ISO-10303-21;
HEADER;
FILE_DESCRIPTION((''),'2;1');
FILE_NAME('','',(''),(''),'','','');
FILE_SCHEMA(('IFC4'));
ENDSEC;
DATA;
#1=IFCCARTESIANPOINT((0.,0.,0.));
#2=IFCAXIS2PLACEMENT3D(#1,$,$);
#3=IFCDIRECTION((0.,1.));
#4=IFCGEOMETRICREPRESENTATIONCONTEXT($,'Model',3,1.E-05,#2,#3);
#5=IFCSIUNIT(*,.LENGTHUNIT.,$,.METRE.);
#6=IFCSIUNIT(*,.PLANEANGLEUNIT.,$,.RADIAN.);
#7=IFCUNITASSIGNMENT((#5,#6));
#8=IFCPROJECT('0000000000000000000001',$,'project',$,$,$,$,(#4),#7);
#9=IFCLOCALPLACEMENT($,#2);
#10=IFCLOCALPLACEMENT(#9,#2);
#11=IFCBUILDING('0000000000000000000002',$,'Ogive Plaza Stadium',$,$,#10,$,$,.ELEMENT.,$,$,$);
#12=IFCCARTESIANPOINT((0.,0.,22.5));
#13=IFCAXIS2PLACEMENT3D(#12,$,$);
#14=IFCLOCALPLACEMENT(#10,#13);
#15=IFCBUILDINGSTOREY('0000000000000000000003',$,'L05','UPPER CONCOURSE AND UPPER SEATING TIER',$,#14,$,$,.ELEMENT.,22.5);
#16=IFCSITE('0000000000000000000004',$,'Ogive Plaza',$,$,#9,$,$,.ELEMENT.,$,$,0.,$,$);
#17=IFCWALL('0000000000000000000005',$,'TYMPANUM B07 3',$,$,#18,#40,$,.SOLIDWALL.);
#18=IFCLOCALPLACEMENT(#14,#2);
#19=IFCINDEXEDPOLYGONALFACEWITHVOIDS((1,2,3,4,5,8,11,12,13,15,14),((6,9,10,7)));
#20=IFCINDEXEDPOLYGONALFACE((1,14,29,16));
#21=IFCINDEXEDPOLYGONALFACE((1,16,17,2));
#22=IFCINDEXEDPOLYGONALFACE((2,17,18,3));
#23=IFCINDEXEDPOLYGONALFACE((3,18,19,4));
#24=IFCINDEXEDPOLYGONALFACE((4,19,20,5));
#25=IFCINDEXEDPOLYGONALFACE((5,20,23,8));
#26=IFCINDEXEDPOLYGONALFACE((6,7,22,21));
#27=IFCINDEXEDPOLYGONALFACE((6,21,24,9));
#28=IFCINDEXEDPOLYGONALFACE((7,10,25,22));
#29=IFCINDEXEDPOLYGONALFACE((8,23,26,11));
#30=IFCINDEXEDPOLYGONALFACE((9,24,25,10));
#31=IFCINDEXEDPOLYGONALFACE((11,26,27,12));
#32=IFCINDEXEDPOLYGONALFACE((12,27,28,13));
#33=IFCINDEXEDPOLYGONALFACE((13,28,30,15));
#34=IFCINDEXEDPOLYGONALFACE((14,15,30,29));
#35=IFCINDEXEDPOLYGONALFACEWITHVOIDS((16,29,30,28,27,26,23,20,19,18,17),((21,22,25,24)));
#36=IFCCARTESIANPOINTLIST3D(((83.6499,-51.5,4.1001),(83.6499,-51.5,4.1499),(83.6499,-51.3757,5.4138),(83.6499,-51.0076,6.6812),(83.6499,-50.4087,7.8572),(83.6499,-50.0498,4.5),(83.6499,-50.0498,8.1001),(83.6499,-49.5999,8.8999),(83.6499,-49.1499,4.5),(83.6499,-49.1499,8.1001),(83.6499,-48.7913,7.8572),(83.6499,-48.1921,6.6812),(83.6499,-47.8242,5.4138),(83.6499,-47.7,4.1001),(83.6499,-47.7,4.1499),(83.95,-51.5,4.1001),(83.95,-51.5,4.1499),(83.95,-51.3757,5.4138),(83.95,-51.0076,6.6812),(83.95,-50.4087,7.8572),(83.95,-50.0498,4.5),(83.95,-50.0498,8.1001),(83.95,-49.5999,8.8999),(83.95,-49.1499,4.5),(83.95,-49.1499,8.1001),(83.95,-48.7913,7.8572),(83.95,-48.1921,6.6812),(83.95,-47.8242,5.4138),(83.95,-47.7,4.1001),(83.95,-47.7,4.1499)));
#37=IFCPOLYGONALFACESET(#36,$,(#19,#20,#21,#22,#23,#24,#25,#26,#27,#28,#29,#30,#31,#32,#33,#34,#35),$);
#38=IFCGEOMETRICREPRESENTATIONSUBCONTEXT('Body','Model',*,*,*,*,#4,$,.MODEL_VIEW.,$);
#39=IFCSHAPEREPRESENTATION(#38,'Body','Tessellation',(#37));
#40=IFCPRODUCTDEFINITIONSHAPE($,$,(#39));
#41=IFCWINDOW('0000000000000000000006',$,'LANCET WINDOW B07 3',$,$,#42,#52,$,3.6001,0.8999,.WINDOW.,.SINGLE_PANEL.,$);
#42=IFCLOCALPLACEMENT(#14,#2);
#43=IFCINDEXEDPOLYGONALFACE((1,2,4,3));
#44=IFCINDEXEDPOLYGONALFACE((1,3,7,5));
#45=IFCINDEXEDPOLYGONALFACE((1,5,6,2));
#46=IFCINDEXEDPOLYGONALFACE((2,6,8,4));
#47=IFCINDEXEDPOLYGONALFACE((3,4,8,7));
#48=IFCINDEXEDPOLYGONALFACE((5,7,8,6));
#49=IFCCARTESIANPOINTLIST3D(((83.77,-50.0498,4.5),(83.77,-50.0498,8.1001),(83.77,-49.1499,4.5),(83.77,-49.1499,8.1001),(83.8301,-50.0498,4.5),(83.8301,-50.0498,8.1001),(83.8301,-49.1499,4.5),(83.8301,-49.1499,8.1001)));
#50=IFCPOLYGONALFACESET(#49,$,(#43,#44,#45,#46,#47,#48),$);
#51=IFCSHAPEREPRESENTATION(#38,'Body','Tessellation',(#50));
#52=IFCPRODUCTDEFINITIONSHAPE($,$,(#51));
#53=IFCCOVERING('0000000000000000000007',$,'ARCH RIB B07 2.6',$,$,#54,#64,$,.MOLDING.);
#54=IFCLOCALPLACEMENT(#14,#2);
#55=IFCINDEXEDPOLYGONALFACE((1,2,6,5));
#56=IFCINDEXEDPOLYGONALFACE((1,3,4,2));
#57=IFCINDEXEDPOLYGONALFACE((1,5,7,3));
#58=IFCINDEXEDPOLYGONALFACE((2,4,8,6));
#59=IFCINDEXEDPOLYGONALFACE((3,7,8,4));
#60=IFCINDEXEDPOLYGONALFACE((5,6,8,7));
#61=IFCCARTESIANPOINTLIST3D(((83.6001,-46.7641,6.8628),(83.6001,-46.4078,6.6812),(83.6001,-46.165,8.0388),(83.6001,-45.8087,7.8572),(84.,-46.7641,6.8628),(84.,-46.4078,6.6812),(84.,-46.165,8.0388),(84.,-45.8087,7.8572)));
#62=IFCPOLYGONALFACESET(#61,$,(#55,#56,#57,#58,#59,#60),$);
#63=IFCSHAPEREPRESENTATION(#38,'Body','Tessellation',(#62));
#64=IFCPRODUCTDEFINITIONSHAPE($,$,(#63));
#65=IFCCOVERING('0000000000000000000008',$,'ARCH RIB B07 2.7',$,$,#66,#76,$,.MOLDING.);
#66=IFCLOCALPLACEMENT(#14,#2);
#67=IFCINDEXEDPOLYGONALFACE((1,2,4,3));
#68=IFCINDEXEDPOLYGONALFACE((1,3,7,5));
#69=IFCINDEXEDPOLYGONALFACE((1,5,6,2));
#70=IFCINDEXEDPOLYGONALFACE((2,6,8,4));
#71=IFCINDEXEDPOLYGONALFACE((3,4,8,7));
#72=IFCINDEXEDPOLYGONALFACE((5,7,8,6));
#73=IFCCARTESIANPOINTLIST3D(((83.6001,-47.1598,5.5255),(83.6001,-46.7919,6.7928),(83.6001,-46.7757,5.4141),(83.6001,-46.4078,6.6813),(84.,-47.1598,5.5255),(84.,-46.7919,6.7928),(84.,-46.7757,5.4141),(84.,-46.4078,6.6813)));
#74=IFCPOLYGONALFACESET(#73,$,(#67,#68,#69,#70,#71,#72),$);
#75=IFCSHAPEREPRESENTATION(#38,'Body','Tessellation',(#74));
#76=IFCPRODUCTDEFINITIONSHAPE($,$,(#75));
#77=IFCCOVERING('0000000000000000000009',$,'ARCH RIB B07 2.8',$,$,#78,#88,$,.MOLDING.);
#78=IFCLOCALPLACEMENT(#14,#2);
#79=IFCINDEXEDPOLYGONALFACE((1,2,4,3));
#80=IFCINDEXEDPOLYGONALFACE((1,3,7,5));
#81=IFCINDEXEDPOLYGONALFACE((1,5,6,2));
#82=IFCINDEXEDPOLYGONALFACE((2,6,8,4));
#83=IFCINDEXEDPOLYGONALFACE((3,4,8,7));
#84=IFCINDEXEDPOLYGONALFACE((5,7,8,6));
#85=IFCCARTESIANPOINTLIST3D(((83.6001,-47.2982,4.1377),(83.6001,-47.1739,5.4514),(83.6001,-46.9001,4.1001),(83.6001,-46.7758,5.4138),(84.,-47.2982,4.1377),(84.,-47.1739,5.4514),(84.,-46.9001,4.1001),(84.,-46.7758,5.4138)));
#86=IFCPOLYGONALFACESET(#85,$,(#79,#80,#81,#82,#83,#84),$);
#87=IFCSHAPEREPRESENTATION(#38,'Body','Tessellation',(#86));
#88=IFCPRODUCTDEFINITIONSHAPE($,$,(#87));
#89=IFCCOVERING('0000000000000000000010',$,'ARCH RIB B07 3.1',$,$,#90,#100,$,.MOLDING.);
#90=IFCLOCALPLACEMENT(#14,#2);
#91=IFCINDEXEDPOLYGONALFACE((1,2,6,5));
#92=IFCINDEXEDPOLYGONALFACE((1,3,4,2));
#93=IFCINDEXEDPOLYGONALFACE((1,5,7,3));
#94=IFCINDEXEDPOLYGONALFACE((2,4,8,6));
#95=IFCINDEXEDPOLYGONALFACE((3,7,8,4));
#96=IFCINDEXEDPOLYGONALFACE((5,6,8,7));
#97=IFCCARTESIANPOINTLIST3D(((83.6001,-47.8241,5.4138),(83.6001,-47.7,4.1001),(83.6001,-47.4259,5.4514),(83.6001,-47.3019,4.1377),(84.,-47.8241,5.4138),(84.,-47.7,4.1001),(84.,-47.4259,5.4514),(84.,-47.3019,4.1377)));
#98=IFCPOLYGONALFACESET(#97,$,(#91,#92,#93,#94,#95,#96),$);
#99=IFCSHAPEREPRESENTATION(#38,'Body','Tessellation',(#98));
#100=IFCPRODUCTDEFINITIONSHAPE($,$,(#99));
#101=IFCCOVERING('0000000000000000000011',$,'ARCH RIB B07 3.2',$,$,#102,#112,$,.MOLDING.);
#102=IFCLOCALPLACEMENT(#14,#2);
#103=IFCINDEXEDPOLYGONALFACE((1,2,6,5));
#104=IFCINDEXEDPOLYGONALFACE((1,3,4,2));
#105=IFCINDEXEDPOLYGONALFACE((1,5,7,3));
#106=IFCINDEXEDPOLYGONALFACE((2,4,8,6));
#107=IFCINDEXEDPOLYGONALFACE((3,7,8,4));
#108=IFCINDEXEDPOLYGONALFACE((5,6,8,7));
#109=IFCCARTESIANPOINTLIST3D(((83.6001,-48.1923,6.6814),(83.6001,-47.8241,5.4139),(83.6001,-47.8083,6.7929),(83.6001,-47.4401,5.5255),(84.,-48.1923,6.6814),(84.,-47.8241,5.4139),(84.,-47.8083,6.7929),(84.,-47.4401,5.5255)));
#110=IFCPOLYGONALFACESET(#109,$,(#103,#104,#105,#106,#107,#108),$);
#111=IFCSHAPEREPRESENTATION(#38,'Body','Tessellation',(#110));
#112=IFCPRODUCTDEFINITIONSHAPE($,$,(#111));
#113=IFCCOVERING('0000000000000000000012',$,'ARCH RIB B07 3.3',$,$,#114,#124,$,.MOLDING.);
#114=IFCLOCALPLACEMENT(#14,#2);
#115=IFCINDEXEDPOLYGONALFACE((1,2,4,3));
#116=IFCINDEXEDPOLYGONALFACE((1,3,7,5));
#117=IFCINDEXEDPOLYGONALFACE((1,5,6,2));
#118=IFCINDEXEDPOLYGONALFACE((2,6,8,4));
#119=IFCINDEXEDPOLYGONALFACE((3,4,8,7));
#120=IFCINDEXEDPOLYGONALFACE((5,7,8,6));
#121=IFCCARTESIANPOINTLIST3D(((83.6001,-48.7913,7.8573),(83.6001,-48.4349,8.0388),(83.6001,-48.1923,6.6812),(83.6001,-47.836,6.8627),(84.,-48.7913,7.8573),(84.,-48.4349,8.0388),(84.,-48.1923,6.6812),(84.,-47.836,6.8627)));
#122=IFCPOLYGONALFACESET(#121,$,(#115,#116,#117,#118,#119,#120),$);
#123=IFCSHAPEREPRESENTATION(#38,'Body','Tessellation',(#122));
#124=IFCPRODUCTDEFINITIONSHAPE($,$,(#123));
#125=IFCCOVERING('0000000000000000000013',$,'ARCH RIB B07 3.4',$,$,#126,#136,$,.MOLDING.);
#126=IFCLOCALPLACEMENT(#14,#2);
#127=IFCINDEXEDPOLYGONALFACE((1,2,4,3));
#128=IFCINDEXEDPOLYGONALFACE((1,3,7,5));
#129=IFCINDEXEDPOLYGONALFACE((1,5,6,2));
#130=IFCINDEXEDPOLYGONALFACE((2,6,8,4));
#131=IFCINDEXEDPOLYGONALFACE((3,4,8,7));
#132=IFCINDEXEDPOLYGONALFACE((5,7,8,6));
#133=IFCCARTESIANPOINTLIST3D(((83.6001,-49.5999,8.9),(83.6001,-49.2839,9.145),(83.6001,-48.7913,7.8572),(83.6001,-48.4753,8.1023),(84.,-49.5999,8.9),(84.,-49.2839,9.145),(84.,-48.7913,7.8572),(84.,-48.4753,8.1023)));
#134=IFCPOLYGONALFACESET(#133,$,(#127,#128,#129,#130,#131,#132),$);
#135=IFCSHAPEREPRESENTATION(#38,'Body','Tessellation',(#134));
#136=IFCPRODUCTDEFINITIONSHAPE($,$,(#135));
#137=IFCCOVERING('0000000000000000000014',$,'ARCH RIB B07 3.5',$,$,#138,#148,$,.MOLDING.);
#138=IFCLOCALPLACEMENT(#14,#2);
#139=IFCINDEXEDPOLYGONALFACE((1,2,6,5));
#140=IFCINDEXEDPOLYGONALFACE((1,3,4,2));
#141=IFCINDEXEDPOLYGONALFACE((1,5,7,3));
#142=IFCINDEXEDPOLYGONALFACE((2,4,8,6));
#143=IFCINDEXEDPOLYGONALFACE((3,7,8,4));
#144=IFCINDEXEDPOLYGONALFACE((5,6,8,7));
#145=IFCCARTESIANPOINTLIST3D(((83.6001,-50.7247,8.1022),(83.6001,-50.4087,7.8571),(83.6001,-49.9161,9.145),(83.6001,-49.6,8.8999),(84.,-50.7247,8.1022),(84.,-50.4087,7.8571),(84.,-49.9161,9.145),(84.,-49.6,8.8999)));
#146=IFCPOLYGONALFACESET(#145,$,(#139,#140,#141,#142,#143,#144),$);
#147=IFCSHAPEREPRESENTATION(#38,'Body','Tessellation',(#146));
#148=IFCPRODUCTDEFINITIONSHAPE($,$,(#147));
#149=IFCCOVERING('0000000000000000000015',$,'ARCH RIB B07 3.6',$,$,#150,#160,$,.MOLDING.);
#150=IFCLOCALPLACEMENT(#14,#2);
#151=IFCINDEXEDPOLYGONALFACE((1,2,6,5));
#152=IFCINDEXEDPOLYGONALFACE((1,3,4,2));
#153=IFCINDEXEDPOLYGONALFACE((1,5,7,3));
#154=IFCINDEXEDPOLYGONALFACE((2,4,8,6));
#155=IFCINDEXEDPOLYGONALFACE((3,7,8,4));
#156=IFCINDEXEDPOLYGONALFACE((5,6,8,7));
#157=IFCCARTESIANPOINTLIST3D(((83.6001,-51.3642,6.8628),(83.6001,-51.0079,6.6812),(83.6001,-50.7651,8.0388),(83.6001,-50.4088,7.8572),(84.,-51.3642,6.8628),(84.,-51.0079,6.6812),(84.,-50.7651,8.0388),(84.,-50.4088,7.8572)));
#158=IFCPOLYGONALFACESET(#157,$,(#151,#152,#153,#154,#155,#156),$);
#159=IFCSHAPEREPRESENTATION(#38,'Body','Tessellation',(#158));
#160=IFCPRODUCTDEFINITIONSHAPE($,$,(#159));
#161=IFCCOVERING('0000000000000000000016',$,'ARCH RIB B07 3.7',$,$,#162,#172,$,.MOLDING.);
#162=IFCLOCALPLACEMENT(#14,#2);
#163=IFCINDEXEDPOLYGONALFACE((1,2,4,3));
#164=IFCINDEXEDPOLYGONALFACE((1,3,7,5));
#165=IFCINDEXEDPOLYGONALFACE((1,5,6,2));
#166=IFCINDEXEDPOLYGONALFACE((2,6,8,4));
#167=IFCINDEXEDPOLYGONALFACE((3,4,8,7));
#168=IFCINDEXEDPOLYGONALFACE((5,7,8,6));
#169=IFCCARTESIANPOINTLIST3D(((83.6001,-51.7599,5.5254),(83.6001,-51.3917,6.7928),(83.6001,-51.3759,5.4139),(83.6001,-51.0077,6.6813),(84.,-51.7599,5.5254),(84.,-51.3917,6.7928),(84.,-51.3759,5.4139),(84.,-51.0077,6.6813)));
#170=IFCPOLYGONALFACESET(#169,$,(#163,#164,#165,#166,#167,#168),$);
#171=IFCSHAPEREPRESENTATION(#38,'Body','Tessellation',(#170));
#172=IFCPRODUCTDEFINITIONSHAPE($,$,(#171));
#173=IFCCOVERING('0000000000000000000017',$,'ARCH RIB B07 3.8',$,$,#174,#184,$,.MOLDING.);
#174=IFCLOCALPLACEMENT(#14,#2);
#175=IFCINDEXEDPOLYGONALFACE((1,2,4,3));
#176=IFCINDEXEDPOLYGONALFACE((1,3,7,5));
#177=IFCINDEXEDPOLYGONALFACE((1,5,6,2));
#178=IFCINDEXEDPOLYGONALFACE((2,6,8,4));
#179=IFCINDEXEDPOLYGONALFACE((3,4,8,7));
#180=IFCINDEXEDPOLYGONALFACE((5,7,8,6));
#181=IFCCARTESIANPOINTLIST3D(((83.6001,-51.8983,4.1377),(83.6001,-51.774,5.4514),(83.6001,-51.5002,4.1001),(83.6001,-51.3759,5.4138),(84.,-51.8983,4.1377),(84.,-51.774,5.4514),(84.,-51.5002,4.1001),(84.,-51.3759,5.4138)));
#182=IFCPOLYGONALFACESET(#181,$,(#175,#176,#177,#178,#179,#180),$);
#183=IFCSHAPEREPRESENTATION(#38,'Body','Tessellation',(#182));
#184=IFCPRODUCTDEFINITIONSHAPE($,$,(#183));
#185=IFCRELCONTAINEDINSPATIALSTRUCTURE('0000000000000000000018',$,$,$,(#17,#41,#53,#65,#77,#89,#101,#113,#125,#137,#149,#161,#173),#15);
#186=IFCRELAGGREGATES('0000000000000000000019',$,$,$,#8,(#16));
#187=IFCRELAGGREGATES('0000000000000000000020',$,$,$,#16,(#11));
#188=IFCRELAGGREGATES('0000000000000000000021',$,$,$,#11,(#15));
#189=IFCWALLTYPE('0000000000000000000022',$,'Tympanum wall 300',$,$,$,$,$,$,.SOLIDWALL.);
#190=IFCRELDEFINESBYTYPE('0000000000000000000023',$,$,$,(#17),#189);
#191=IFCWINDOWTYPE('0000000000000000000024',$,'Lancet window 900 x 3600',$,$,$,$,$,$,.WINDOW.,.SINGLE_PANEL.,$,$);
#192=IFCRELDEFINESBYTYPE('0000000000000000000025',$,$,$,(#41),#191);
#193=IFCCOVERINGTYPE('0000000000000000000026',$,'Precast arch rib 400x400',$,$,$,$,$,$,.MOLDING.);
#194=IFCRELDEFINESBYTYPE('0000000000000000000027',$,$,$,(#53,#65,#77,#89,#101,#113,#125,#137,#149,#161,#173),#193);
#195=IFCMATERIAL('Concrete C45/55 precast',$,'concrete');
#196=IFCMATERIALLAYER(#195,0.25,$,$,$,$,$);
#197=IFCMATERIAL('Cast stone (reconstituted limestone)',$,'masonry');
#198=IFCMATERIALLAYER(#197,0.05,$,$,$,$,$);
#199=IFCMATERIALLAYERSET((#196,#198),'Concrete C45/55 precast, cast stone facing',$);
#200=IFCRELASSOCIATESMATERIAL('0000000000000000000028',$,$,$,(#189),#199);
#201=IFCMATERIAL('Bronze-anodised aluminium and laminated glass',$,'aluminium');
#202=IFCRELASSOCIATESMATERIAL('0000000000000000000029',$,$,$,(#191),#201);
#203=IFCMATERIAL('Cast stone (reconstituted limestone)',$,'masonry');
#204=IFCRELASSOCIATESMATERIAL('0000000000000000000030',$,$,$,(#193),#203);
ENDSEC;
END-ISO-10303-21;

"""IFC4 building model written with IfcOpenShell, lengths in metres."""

from ifc_helpers import new_model, si_unit, direction, frame, frame_2d, origin, origin_2d, place, context, subcontext, project, spatial, polyline, rectangle, outline, extrude, material, layer, layer_set, material_profile, profile_set, type_object, element, fill, save


model = new_model("IFC4")

# Units and contexts
model_context = context("Model", 3, precision=1e-05, world=origin(), true_north=direction((0.0, 1.0)))
body_context = subcontext(model_context, "Body", "Model", "MODEL_VIEW")
ifc_project = project(units=[si_unit("LENGTHUNIT", "METRE"), si_unit("PLANEANGLEUNIT", "RADIAN")], contexts=[model_context])

# Site, building, storey
site_placement = place(None, origin())
site = spatial("IfcSite", under=ifc_project, at=site_placement, Name="Ogive Plaza", CompositionType="ELEMENT", RefElevation=0.0)
building_placement = place(site_placement, origin())
building = spatial("IfcBuilding", under=site, at=building_placement, Name="Ogive Plaza Stadium", CompositionType="ELEMENT")
storey_placement = place(building_placement, frame((0.0, 0.0, 22.5)))
storey = spatial("IfcBuildingStorey", under=building, at=storey_placement, Name="L05", Description="UPPER CONCOURSE AND UPPER SEATING TIER", CompositionType="ELEMENT", Elevation=22.5)

# Wall, opening, window
ifc_material_1 = material(Name="Concrete C45/55 precast", Category="concrete")
ifc_layer_1 = layer(ifc_material_1, 0.25)
ifc_material_2 = material(Name="Cast stone (reconstituted limestone)", Category="masonry")
ifc_layer_2 = layer(ifc_material_2, 0.05)
ifc_layer_set_1 = layer_set([ifc_layer_1, ifc_layer_2], Name="Concrete C45/55 precast, cast stone facing")
wall_type = type_object("IfcWallType", Name="Tympanum wall 300", PredefinedType="SOLIDWALL", material=ifc_layer_set_1)
wall_placement = place(storey_placement, frame((83.8, -47.7, 4.1001), z_axis=(0.0, 0.0, 1.0), x_axis=(0.0, -1.0, 0.0)))
wall = element("IfcWall", 1, at=wall_placement, inside=storey, type_object=wall_type, Name="TYMPANUM B07 3", PredefinedType="SOLIDWALL", context=body_context, shape_type="SweptSolid", body=[
    extrude(outline(polyline([(0.0, 0.0), (3.8, 0.0), (3.8, 0.0498), (3.6758, 1.3137), (3.3076, 2.5811), (2.7087, 3.7571), (1.8999, 4.7998), (1.0913, 3.7571), (0.4922, 2.5811), (0.1243, 1.3137), (0.0, 0.0498), (0.0, 0.0)])), frame((0.0, 0.1499, 0.0), z_axis=(0.0, -1.0, 0.0), x_axis=(1.0, 0.0, 0.0)), (0.0, 0.0, 1.0), 0.3),
])
opening_placement = place(wall_placement, frame((1.45, 0.0, 0.3999)))
opening = element("IfcOpeningElement", 2, at=opening_placement, cuts=wall, PredefinedType="OPENING", context=body_context, shape_type="SweptSolid", body=[
    extrude(rectangle(XDim=0.8999, YDim=3.6001, at=frame_2d((0.45, 1.8))), frame((0.0, 0.1602, 0.0), z_axis=(0.0, -1.0, 0.0), x_axis=(1.0, 0.0, 0.0)), (0.0, 0.0, 1.0), 0.3201),
])
ifc_material_3 = material(Name="Bronze-anodised aluminium and laminated glass", Category="aluminium")
window_type = type_object("IfcWindowType", Name="Lancet window 900 x 3600", PartitioningType="SINGLE_PANEL", PredefinedType="WINDOW", material=ifc_material_3)
window_placement = place(opening_placement, origin())
window = element("IfcWindow", 3, at=window_placement, inside=storey, type_object=window_type, Name="LANCET WINDOW B07 3", OverallHeight=3.6001, OverallWidth=0.8999, PartitioningType="SINGLE_PANEL", PredefinedType="WINDOW", context=body_context, shape_type="SweptSolid", body=[
    extrude(rectangle(XDim=0.8999, YDim=3.6001, at=frame_2d((0.45, 1.8))), frame((0.0, 0.03, 0.0), z_axis=(0.0, -1.0, 0.0), x_axis=(1.0, 0.0, 0.0)), (0.0, 0.0, 1.0), 0.0601),
])
fill(opening, window)

# Coverings
ifc_material_4 = material(Name="Cast stone (reconstituted limestone)", Category="masonry")
ifc_material_profile_1 = material_profile(ifc_material_4, rectangle(XDim=0.3999, YDim=0.3999, at=origin_2d()), Name="Cast stone 400x400")
ifc_profile_set_1 = profile_set([ifc_material_profile_1], Name="Cast stone (reconstituted limestone)")
covering_type = type_object("IfcCoveringType", Name="Precast arch rib 400x400", PredefinedType="MOLDING", material=ifc_profile_set_1)
covering_1_placement = place(storey_placement, frame((83.8, -45.9868, 7.948), z_axis=(0.0, -0.453934, -0.891035), x_axis=(1.0, 0.0, 0.0)))
element("IfcCovering", 4, at=covering_1_placement, inside=storey, type_object=covering_type, Name="ARCH RIB B07 2.6", PredefinedType="MOLDING", context=body_context, shape_type="SweptSolid", body=[
    extrude(rectangle(XDim=0.3999, YDim=0.3999, at=origin_2d()), origin(), (0.0, 0.0, 1.0), 1.3198),
])
for number, where, z_axis, x_axis, name in (
    (5, (83.8, -46.5999, 6.7371), (0.0, -0.278799, -0.960349), (1.0, 0.0, 0.0), "ARCH RIB B07 2.7"),
    (6, (83.8, -46.9749, 5.4326), (0.0, -0.094172, -0.995556), (1.0, 0.0, 0.0), "ARCH RIB B07 2.8"),
    (7, (83.8, -47.501, 4.1189), (0.0, -0.093988, 0.995573), (1.0, 0.0, 0.0), "ARCH RIB B07 3.1"),
):
    element("IfcCovering", number, at=place(storey_placement, frame(where, z_axis=z_axis, x_axis=x_axis)), inside=storey, type_object=covering_type, Name=name, PredefinedType="MOLDING", context=body_context, shape_type="SweptSolid", body=[
        extrude(rectangle(XDim=0.3999, YDim=0.3999, at=origin_2d()), origin(), (0.0, 0.0, 1.0), 1.3196),
    ])
for number, where, z_axis, x_axis, name in (
    (8, (83.8, -47.6321, 5.4697), (0.0, -0.27897, 0.9603), (1.0, 0.0, 0.0), "ARCH RIB B07 3.2"),
    (9, (83.8, -48.0142, 6.772), (0.0, -0.453787, 0.89111), (1.0, 0.0, 0.0), "ARCH RIB B07 3.3"),
):
    element("IfcCovering", number, at=place(storey_placement, frame(where, z_axis=z_axis, x_axis=x_axis)), inside=storey, type_object=covering_type, Name=name, PredefinedType="MOLDING", context=body_context, shape_type="SweptSolid", body=[
        extrude(rectangle(XDim=0.3999, YDim=0.3999, at=origin_2d()), origin(), (0.0, 0.0, 1.0), 1.3198),
    ])
for number, where, z_axis, x_axis, name in (
    (10, (83.8, -48.6333, 7.9797), (0.0, -0.6128, 0.790238), (1.0, 0.0, 0.0), "ARCH RIB B07 3.4"),
    (11, (83.8, -49.7581, 9.0225), (0.0, -0.6128, -0.790238), (1.0, 0.0, 0.0), "ARCH RIB B07 3.5"),
):
    element("IfcCovering", number, at=place(storey_placement, frame(where, z_axis=z_axis, x_axis=x_axis)), inside=storey, type_object=covering_type, Name=name, PredefinedType="MOLDING", context=body_context, shape_type="SweptSolid", body=[
        extrude(rectangle(XDim=0.3999, YDim=0.3999, at=origin_2d()), origin(), (0.0, 0.0, 1.0), 1.3196),
    ])
for number, where, z_axis, x_axis, name in (
    (12, (83.8, -50.5869, 7.948), (0.0, -0.453934, -0.891035), (1.0, 0.0, 0.0), "ARCH RIB B07 3.6"),
    (13, (83.8, -51.1997, 6.7371), (0.0, -0.27897, -0.9603), (1.0, 0.0, 0.0), "ARCH RIB B07 3.7"),
):
    element("IfcCovering", number, at=place(storey_placement, frame(where, z_axis=z_axis, x_axis=x_axis)), inside=storey, type_object=covering_type, Name=name, PredefinedType="MOLDING", context=body_context, shape_type="SweptSolid", body=[
        extrude(rectangle(XDim=0.3999, YDim=0.3999, at=origin_2d()), origin(), (0.0, 0.0, 1.0), 1.3198),
    ])
covering_2_placement = place(storey_placement, frame((83.8, -51.575, 5.4326), z_axis=(0.0, -0.094172, -0.995556), x_axis=(1.0, 0.0, 0.0)))
element("IfcCovering", 14, at=covering_2_placement, inside=storey, type_object=covering_type, Name="ARCH RIB B07 3.8", PredefinedType="MOLDING", context=body_context, shape_type="SweptSolid", body=[
    extrude(rectangle(XDim=0.3999, YDim=0.3999, at=origin_2d()), origin(), (0.0, 0.0, 1.0), 1.3196),
])

save(model, "model.ifc")
